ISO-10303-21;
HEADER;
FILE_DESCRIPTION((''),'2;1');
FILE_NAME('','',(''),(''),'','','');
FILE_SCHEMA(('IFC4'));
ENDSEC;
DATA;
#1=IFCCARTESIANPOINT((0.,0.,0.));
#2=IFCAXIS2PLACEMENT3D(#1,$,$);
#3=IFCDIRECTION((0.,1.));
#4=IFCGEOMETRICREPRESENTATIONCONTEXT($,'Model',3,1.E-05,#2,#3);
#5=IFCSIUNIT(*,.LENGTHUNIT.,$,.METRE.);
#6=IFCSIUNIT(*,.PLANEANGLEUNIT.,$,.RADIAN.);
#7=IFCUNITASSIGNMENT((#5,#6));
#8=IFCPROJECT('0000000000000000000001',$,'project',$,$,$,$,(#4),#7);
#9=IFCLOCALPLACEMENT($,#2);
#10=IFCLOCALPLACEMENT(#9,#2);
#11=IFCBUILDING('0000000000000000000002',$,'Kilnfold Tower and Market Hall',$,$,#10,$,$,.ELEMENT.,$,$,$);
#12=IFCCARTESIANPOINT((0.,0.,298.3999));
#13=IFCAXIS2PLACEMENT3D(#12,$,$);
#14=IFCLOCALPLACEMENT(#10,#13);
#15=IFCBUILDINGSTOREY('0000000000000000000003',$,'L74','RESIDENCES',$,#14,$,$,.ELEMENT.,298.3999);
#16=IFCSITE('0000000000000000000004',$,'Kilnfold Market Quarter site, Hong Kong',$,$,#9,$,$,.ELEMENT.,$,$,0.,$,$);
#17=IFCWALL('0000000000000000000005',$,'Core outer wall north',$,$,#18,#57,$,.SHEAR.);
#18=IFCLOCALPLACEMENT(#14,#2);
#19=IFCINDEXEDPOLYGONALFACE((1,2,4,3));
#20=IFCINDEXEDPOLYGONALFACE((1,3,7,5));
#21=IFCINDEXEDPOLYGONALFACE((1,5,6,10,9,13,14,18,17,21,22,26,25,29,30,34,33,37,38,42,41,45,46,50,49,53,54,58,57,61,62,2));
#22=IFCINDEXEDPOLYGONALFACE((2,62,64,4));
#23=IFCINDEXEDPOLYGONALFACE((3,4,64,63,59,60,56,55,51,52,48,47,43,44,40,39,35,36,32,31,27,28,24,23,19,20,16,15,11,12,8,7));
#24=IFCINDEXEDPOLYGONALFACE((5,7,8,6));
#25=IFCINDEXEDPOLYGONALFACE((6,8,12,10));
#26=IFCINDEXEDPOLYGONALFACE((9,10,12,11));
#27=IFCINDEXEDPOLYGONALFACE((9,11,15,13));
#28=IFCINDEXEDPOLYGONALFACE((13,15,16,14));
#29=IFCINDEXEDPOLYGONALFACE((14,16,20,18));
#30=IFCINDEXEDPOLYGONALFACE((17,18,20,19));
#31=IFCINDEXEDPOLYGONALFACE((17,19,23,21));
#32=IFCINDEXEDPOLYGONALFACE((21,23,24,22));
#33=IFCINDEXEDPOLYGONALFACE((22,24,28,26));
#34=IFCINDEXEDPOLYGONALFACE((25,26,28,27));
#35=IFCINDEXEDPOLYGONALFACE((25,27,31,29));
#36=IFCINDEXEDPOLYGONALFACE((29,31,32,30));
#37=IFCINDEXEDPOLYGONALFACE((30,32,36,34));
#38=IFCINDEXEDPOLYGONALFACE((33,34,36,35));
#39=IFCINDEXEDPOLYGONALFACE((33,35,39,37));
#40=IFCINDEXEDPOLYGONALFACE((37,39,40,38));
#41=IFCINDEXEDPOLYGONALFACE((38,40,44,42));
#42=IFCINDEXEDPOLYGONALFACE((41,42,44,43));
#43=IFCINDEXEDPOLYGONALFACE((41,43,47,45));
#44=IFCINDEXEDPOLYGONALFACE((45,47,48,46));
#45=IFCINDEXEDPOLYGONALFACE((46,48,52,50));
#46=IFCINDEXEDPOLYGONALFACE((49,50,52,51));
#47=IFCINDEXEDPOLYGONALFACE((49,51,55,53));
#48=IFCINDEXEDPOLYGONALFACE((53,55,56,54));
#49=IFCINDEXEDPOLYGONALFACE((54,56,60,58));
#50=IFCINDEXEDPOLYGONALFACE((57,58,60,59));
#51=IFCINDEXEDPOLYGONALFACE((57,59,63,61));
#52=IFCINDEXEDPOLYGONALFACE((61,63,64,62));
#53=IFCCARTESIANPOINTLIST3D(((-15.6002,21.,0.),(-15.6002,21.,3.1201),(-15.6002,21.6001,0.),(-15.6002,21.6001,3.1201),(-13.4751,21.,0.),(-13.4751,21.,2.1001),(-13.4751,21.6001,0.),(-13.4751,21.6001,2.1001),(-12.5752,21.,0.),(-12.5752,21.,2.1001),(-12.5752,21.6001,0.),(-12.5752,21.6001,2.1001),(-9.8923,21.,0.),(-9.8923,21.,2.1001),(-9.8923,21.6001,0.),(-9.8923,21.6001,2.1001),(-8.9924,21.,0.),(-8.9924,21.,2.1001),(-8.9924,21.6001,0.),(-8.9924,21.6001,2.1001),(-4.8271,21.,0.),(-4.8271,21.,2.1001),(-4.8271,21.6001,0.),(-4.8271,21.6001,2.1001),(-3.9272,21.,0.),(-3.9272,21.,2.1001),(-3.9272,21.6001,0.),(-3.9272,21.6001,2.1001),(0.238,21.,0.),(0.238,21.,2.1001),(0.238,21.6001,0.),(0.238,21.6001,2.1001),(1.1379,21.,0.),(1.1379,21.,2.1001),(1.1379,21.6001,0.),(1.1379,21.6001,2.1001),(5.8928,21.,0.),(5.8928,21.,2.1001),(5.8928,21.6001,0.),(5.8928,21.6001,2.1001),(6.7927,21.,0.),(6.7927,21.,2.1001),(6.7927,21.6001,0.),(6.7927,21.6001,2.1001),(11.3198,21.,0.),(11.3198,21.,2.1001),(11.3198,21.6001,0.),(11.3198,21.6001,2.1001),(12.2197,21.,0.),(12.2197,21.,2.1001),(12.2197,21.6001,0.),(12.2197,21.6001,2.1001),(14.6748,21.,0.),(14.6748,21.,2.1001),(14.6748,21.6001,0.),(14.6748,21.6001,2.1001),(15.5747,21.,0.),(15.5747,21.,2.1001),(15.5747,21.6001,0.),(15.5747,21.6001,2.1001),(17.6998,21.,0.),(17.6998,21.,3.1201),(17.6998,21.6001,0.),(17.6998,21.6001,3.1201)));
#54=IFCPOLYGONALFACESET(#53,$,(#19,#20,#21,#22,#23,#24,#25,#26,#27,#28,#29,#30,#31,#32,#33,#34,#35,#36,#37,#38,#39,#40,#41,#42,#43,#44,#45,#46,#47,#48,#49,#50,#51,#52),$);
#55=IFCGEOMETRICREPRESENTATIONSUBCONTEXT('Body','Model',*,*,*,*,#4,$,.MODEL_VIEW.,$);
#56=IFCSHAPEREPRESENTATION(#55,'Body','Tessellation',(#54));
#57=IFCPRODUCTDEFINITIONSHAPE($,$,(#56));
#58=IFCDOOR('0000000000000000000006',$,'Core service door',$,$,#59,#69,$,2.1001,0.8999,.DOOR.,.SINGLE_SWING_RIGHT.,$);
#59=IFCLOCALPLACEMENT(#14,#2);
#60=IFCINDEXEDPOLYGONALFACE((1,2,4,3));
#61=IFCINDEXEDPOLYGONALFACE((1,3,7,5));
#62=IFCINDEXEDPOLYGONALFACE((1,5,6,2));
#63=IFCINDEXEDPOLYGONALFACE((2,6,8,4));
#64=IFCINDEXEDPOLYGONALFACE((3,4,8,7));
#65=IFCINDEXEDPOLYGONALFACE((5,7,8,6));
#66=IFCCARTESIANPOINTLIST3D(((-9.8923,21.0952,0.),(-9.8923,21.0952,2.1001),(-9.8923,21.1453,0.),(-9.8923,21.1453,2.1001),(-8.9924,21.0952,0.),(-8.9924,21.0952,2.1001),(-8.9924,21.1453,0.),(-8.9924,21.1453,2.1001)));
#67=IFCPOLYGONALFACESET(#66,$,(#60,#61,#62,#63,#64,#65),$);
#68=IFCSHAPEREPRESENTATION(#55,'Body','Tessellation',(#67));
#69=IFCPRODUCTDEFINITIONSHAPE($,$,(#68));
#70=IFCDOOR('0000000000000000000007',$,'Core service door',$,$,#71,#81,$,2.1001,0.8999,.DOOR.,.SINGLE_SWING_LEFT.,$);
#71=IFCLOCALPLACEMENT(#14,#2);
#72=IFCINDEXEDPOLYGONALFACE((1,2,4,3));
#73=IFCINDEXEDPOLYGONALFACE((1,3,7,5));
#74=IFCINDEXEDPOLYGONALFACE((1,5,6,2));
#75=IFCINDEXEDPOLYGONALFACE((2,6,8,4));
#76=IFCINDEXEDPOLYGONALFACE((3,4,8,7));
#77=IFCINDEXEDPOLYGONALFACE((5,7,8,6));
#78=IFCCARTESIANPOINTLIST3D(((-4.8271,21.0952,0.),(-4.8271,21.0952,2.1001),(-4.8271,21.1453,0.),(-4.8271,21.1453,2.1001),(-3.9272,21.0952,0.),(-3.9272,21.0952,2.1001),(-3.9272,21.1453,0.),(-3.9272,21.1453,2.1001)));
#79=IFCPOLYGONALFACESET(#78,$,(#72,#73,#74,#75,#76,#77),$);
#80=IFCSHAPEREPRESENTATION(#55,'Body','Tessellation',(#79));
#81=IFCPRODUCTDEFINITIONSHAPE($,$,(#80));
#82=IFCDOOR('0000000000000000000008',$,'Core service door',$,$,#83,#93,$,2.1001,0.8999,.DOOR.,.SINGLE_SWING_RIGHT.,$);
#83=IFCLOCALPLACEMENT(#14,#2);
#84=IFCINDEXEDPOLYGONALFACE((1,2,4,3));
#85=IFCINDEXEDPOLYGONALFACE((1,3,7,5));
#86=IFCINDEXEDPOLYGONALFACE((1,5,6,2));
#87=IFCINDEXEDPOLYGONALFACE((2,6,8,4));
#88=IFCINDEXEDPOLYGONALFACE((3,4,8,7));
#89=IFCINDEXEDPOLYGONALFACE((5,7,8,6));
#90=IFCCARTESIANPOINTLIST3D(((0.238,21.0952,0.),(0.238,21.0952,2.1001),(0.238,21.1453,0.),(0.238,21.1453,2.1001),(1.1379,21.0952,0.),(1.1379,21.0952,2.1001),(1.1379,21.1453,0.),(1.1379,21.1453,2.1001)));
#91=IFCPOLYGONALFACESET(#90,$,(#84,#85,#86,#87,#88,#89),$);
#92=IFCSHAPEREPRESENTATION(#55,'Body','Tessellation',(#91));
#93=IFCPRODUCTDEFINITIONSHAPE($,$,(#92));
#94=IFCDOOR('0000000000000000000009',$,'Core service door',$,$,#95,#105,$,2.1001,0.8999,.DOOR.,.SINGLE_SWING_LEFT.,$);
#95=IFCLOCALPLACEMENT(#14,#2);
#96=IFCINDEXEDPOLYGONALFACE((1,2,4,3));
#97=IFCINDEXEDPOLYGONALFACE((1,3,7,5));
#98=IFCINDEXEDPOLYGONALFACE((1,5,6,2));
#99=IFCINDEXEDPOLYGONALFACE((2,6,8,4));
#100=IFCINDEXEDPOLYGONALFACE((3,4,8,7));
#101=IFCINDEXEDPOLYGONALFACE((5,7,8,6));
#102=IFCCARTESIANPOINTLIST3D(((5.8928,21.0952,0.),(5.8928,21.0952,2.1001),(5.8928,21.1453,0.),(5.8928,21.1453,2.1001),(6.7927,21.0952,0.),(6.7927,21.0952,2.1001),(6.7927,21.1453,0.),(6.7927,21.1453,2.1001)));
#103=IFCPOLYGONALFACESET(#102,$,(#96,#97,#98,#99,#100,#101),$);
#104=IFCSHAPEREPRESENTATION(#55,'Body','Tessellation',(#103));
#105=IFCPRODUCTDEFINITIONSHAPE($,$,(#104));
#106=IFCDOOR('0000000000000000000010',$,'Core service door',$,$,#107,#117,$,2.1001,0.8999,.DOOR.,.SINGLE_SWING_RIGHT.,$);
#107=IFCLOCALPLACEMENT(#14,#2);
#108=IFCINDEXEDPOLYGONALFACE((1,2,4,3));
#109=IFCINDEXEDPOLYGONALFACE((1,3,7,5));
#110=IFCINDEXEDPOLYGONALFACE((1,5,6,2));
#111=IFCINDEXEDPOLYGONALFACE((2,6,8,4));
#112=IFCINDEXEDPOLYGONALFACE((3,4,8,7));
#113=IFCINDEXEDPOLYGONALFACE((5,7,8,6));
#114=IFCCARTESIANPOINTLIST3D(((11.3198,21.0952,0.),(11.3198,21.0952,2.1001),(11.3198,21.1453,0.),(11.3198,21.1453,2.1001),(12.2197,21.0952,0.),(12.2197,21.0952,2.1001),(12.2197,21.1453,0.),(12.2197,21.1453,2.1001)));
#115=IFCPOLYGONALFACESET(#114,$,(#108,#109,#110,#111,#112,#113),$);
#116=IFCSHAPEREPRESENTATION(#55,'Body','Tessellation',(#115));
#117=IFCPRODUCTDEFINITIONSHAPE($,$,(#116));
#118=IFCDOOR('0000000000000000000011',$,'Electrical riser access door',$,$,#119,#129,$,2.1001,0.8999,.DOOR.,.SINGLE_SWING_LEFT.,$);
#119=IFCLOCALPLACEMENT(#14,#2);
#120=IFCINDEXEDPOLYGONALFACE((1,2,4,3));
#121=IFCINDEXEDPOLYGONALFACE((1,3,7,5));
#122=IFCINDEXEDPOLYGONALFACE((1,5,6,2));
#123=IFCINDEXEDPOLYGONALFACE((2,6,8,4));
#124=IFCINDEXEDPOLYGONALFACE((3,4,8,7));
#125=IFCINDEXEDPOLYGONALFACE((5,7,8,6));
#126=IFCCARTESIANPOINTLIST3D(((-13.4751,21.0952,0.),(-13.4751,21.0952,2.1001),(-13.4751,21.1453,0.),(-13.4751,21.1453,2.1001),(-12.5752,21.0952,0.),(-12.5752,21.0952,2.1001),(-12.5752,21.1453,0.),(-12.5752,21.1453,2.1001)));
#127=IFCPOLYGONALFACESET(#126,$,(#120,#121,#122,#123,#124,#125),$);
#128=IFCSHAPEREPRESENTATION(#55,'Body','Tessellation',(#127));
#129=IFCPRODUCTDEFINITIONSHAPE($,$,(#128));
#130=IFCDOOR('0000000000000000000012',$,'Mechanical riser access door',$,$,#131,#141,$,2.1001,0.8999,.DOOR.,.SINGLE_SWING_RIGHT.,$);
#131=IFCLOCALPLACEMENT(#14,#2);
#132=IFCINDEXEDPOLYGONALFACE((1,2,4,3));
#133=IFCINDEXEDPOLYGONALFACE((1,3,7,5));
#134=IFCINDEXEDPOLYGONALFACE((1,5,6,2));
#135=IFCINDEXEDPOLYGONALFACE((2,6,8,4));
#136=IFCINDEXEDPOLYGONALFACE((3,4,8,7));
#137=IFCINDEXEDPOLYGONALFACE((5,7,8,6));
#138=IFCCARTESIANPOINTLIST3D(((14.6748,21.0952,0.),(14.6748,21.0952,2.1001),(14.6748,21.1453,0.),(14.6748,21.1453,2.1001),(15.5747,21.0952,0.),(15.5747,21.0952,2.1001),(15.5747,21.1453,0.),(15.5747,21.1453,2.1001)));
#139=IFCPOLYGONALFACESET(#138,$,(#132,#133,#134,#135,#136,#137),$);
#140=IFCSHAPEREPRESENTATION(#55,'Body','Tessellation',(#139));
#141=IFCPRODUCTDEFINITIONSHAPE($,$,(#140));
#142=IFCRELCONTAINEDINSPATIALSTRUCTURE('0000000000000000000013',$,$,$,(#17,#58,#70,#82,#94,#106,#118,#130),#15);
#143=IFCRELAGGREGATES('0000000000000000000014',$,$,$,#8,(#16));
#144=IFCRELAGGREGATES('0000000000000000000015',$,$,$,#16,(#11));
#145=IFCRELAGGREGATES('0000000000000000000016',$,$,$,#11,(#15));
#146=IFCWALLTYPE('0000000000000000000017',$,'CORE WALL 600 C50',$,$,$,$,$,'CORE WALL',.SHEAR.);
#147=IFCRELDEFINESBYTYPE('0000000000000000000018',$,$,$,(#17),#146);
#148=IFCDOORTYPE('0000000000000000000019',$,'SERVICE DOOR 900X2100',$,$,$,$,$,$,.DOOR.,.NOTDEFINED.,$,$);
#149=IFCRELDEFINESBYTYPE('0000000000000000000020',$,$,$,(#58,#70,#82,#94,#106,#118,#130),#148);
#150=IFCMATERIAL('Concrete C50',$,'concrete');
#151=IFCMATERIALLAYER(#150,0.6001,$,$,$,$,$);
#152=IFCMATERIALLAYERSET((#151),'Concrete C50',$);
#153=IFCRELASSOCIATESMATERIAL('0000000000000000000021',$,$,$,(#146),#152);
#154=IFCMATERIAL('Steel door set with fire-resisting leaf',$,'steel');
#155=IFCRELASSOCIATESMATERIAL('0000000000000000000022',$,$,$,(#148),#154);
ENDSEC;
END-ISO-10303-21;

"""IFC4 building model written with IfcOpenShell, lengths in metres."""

from ifc_helpers import new_model, si_unit, direction, frame, frame_2d, origin, place, context, subcontext, project, spatial, rectangle, extrude, source, transform, mapped, material, layer, layer_set, type_object, element, fill, save


model = new_model("IFC4")

# Units and contexts
model_context = context("Model", 3, precision=1e-05, world=origin(), true_north=direction((0.0, 1.0)))
body_context = subcontext(model_context, "Body", "Model", "MODEL_VIEW")
ifc_project = project(units=[si_unit("LENGTHUNIT", "METRE"), si_unit("PLANEANGLEUNIT", "RADIAN")], contexts=[model_context])

# Site, building, storey
site_placement = place(None, origin())
site = spatial("IfcSite", under=ifc_project, at=site_placement, Name="Kilnfold Market Quarter site, Hong Kong", CompositionType="ELEMENT", RefElevation=0.0)
building_placement = place(site_placement, origin())
building = spatial("IfcBuilding", under=site, at=building_placement, Name="Kilnfold Tower and Market Hall", CompositionType="ELEMENT")
storey_placement = place(building_placement, frame((0.0, 0.0, 298.3999)))
storey = spatial("IfcBuildingStorey", under=building, at=storey_placement, Name="L74", Description="RESIDENCES", CompositionType="ELEMENT", Elevation=298.3999)

# Wall, openings, doors
ifc_material_1 = material(Name="Concrete C50", Category="concrete")
ifc_layer_1 = layer(ifc_material_1, 0.6001)
ifc_layer_set_1 = layer_set([ifc_layer_1], Name="Concrete C50")
wall_type_1 = type_object("IfcWallType", Name="CORE WALL 600 C50", ElementType="CORE WALL", PredefinedType="SHEAR", material=ifc_layer_set_1)
shared_shape_1 = source(origin(), body_context, "Body", "SweptSolid", [
    extrude(rectangle(XDim=33.3, YDim=0.6001, at=frame_2d((16.6499, 0.0))), origin(), (0.0, 0.0, 1.0), 3.1201),
])
wall_1_placement = place(storey_placement, frame((-15.6001, 21.3, 0.0), z_axis=(0.0, 0.0, 1.0), x_axis=(1.0, 0.0, 0.0)))
wall_1 = element("IfcWall", 1, at=wall_1_placement, inside=storey, type_object=wall_type_1, Name="Core outer wall north", PredefinedType="SHEAR", context=body_context, shape_type="MappedRepresentation", body=[
    mapped(shared_shape_1, transform((0.0, 0.0, 0.0))),
])
opening_1_placement = place(wall_1_placement, frame((5.7078, 0.0, 0.0)))
opening_1 = element("IfcOpeningElement", 2, at=opening_1_placement, cuts=wall_1, PredefinedType="OPENING", context=body_context, shape_type="SweptSolid", body=[
    extrude(rectangle(XDim=0.8999, YDim=2.1001, at=frame_2d((0.45, 1.05))), frame((0.0, 0.3101, 0.0), z_axis=(0.0, -1.0, 0.0), x_axis=(1.0, 0.0, 0.0)), (0.0, 0.0, 1.0), 0.6201),
])
opening_2_placement = place(wall_1_placement, frame((10.7729, 0.0, 0.0)))
opening_2 = element("IfcOpeningElement", 3, at=opening_2_placement, cuts=wall_1, PredefinedType="OPENING", context=body_context, shape_type="SweptSolid", body=[
    extrude(rectangle(XDim=0.8999, YDim=2.1001, at=frame_2d((0.45, 1.05))), frame((0.0, 0.3101, 0.0), z_axis=(0.0, -1.0, 0.0), x_axis=(1.0, 0.0, 0.0)), (0.0, 0.0, 1.0), 0.6201),
])
opening_3_placement = place(wall_1_placement, frame((15.8381, 0.0, 0.0)))
opening_3 = element("IfcOpeningElement", 4, at=opening_3_placement, cuts=wall_1, PredefinedType="OPENING", context=body_context, shape_type="SweptSolid", body=[
    extrude(rectangle(XDim=0.8999, YDim=2.1001, at=frame_2d((0.45, 1.05))), frame((0.0, 0.3101, 0.0), z_axis=(0.0, -1.0, 0.0), x_axis=(1.0, 0.0, 0.0)), (0.0, 0.0, 1.0), 0.6201),
])
opening_4_placement = place(wall_1_placement, frame((21.4929, 0.0, 0.0)))
opening_4 = element("IfcOpeningElement", 5, at=opening_4_placement, cuts=wall_1, PredefinedType="OPENING", context=body_context, shape_type="SweptSolid", body=[
    extrude(rectangle(XDim=0.8999, YDim=2.1001, at=frame_2d((0.45, 1.05))), frame((0.0, 0.3101, 0.0), z_axis=(0.0, -1.0, 0.0), x_axis=(1.0, 0.0, 0.0)), (0.0, 0.0, 1.0), 0.6201),
])
opening_5_placement = place(wall_1_placement, frame((26.9199, 0.0, 0.0)))
opening_5 = element("IfcOpeningElement", 6, at=opening_5_placement, cuts=wall_1, PredefinedType="OPENING", context=body_context, shape_type="SweptSolid", body=[
    extrude(rectangle(XDim=0.8999, YDim=2.1001, at=frame_2d((0.45, 1.05))), frame((0.0, 0.3101, 0.0), z_axis=(0.0, -1.0, 0.0), x_axis=(1.0, 0.0, 0.0)), (0.0, 0.0, 1.0), 0.6201),
])
opening_6_placement = place(wall_1_placement, frame((2.125, 0.0, 0.0)))
opening_6 = element("IfcOpeningElement", 7, at=opening_6_placement, cuts=wall_1, PredefinedType="OPENING", context=body_context, shape_type="SweptSolid", body=[
    extrude(rectangle(XDim=0.8999, YDim=2.1001, at=frame_2d((0.45, 1.05))), frame((0.0, 0.3101, 0.0), z_axis=(0.0, -1.0, 0.0), x_axis=(1.0, 0.0, 0.0)), (0.0, 0.0, 1.0), 0.6201),
])
opening_7_placement = place(wall_1_placement, frame((30.2749, 0.0, 0.0)))
opening_7 = element("IfcOpeningElement", 8, at=opening_7_placement, cuts=wall_1, PredefinedType="OPENING", context=body_context, shape_type="SweptSolid", body=[
    extrude(rectangle(XDim=0.8999, YDim=2.1001, at=frame_2d((0.45, 1.05))), frame((0.0, 0.3101, 0.0), z_axis=(0.0, -1.0, 0.0), x_axis=(1.0, 0.0, 0.0)), (0.0, 0.0, 1.0), 0.6201),
])
ifc_material_2 = material(Name="Steel door set with fire-resisting leaf", Category="steel")
door_type = type_object("IfcDoorType", Name="SERVICE DOOR 900X2100", OperationType="NOTDEFINED", PredefinedType="DOOR", material=ifc_material_2)
door_1_placement = place(opening_1_placement, origin())
door_1 = element("IfcDoor", 9, at=door_1_placement, inside=storey, type_object=door_type, Name="Core service door", OperationType="SINGLE_SWING_RIGHT", OverallHeight=2.1001, OverallWidth=0.8999, PredefinedType="DOOR", context=body_context, shape_type="SweptSolid", body=[
    extrude(rectangle(XDim=0.8999, YDim=2.1001, at=frame_2d((0.45, 1.05))), frame((0.0, -0.1548, 0.0), z_axis=(0.0, -1.0, 0.0), x_axis=(1.0, 0.0, 0.0)), (0.0, 0.0, 1.0), 0.05),
])
fill(opening_1, door_1)
door_2_placement = place(opening_2_placement, origin())
door_2 = element("IfcDoor", 10, at=door_2_placement, inside=storey, type_object=door_type, Name="Core service door", OperationType="SINGLE_SWING_LEFT", OverallHeight=2.1001, OverallWidth=0.8999, PredefinedType="DOOR", context=body_context, shape_type="SweptSolid", body=[
    extrude(rectangle(XDim=0.8999, YDim=2.1001, at=frame_2d((0.45, 1.05))), frame((0.0, -0.1548, 0.0), z_axis=(0.0, -1.0, 0.0), x_axis=(1.0, 0.0, 0.0)), (0.0, 0.0, 1.0), 0.05),
])
fill(opening_2, door_2)
door_3_placement = place(opening_3_placement, origin())
door_3 = element("IfcDoor", 11, at=door_3_placement, inside=storey, type_object=door_type, Name="Core service door", OperationType="SINGLE_SWING_RIGHT", OverallHeight=2.1001, OverallWidth=0.8999, PredefinedType="DOOR", context=body_context, shape_type="SweptSolid", body=[
    extrude(rectangle(XDim=0.8999, YDim=2.1001, at=frame_2d((0.45, 1.05))), frame((0.0, -0.1548, 0.0), z_axis=(0.0, -1.0, 0.0), x_axis=(1.0, 0.0, 0.0)), (0.0, 0.0, 1.0), 0.05),
])
fill(opening_3, door_3)
door_4_placement = place(opening_4_placement, origin())
door_4 = element("IfcDoor", 12, at=door_4_placement, inside=storey, type_object=door_type, Name="Core service door", OperationType="SINGLE_SWING_LEFT", OverallHeight=2.1001, OverallWidth=0.8999, PredefinedType="DOOR", context=body_context, shape_type="SweptSolid", body=[
    extrude(rectangle(XDim=0.8999, YDim=2.1001, at=frame_2d((0.45, 1.05))), frame((0.0, -0.1548, 0.0), z_axis=(0.0, -1.0, 0.0), x_axis=(1.0, 0.0, 0.0)), (0.0, 0.0, 1.0), 0.05),
])
fill(opening_4, door_4)
door_5_placement = place(opening_5_placement, origin())
door_5 = element("IfcDoor", 13, at=door_5_placement, inside=storey, type_object=door_type, Name="Core service door", OperationType="SINGLE_SWING_RIGHT", OverallHeight=2.1001, OverallWidth=0.8999, PredefinedType="DOOR", context=body_context, shape_type="SweptSolid", body=[
    extrude(rectangle(XDim=0.8999, YDim=2.1001, at=frame_2d((0.45, 1.05))), frame((0.0, -0.1548, 0.0), z_axis=(0.0, -1.0, 0.0), x_axis=(1.0, 0.0, 0.0)), (0.0, 0.0, 1.0), 0.05),
])
fill(opening_5, door_5)
door_6_placement = place(opening_6_placement, origin())
door_6 = element("IfcDoor", 14, at=door_6_placement, inside=storey, type_object=door_type, Name="Electrical riser access door", OperationType="SINGLE_SWING_LEFT", OverallHeight=2.1001, OverallWidth=0.8999, PredefinedType="DOOR", context=body_context, shape_type="SweptSolid", body=[
    extrude(rectangle(XDim=0.8999, YDim=2.1001, at=frame_2d((0.45, 1.05))), frame((0.0, -0.1548, 0.0), z_axis=(0.0, -1.0, 0.0), x_axis=(1.0, 0.0, 0.0)), (0.0, 0.0, 1.0), 0.05),
])
fill(opening_6, door_6)
door_7_placement = place(opening_7_placement, origin())
door_7 = element("IfcDoor", 15, at=door_7_placement, inside=storey, type_object=door_type, Name="Mechanical riser access door", OperationType="SINGLE_SWING_RIGHT", OverallHeight=2.1001, OverallWidth=0.8999, PredefinedType="DOOR", context=body_context, shape_type="SweptSolid", body=[
    extrude(rectangle(XDim=0.8999, YDim=2.1001, at=frame_2d((0.45, 1.05))), frame((0.0, -0.1548, 0.0), z_axis=(0.0, -1.0, 0.0), x_axis=(1.0, 0.0, 0.0)), (0.0, 0.0, 1.0), 0.05),
])
fill(opening_7, door_7)

save(model, "model.ifc")
